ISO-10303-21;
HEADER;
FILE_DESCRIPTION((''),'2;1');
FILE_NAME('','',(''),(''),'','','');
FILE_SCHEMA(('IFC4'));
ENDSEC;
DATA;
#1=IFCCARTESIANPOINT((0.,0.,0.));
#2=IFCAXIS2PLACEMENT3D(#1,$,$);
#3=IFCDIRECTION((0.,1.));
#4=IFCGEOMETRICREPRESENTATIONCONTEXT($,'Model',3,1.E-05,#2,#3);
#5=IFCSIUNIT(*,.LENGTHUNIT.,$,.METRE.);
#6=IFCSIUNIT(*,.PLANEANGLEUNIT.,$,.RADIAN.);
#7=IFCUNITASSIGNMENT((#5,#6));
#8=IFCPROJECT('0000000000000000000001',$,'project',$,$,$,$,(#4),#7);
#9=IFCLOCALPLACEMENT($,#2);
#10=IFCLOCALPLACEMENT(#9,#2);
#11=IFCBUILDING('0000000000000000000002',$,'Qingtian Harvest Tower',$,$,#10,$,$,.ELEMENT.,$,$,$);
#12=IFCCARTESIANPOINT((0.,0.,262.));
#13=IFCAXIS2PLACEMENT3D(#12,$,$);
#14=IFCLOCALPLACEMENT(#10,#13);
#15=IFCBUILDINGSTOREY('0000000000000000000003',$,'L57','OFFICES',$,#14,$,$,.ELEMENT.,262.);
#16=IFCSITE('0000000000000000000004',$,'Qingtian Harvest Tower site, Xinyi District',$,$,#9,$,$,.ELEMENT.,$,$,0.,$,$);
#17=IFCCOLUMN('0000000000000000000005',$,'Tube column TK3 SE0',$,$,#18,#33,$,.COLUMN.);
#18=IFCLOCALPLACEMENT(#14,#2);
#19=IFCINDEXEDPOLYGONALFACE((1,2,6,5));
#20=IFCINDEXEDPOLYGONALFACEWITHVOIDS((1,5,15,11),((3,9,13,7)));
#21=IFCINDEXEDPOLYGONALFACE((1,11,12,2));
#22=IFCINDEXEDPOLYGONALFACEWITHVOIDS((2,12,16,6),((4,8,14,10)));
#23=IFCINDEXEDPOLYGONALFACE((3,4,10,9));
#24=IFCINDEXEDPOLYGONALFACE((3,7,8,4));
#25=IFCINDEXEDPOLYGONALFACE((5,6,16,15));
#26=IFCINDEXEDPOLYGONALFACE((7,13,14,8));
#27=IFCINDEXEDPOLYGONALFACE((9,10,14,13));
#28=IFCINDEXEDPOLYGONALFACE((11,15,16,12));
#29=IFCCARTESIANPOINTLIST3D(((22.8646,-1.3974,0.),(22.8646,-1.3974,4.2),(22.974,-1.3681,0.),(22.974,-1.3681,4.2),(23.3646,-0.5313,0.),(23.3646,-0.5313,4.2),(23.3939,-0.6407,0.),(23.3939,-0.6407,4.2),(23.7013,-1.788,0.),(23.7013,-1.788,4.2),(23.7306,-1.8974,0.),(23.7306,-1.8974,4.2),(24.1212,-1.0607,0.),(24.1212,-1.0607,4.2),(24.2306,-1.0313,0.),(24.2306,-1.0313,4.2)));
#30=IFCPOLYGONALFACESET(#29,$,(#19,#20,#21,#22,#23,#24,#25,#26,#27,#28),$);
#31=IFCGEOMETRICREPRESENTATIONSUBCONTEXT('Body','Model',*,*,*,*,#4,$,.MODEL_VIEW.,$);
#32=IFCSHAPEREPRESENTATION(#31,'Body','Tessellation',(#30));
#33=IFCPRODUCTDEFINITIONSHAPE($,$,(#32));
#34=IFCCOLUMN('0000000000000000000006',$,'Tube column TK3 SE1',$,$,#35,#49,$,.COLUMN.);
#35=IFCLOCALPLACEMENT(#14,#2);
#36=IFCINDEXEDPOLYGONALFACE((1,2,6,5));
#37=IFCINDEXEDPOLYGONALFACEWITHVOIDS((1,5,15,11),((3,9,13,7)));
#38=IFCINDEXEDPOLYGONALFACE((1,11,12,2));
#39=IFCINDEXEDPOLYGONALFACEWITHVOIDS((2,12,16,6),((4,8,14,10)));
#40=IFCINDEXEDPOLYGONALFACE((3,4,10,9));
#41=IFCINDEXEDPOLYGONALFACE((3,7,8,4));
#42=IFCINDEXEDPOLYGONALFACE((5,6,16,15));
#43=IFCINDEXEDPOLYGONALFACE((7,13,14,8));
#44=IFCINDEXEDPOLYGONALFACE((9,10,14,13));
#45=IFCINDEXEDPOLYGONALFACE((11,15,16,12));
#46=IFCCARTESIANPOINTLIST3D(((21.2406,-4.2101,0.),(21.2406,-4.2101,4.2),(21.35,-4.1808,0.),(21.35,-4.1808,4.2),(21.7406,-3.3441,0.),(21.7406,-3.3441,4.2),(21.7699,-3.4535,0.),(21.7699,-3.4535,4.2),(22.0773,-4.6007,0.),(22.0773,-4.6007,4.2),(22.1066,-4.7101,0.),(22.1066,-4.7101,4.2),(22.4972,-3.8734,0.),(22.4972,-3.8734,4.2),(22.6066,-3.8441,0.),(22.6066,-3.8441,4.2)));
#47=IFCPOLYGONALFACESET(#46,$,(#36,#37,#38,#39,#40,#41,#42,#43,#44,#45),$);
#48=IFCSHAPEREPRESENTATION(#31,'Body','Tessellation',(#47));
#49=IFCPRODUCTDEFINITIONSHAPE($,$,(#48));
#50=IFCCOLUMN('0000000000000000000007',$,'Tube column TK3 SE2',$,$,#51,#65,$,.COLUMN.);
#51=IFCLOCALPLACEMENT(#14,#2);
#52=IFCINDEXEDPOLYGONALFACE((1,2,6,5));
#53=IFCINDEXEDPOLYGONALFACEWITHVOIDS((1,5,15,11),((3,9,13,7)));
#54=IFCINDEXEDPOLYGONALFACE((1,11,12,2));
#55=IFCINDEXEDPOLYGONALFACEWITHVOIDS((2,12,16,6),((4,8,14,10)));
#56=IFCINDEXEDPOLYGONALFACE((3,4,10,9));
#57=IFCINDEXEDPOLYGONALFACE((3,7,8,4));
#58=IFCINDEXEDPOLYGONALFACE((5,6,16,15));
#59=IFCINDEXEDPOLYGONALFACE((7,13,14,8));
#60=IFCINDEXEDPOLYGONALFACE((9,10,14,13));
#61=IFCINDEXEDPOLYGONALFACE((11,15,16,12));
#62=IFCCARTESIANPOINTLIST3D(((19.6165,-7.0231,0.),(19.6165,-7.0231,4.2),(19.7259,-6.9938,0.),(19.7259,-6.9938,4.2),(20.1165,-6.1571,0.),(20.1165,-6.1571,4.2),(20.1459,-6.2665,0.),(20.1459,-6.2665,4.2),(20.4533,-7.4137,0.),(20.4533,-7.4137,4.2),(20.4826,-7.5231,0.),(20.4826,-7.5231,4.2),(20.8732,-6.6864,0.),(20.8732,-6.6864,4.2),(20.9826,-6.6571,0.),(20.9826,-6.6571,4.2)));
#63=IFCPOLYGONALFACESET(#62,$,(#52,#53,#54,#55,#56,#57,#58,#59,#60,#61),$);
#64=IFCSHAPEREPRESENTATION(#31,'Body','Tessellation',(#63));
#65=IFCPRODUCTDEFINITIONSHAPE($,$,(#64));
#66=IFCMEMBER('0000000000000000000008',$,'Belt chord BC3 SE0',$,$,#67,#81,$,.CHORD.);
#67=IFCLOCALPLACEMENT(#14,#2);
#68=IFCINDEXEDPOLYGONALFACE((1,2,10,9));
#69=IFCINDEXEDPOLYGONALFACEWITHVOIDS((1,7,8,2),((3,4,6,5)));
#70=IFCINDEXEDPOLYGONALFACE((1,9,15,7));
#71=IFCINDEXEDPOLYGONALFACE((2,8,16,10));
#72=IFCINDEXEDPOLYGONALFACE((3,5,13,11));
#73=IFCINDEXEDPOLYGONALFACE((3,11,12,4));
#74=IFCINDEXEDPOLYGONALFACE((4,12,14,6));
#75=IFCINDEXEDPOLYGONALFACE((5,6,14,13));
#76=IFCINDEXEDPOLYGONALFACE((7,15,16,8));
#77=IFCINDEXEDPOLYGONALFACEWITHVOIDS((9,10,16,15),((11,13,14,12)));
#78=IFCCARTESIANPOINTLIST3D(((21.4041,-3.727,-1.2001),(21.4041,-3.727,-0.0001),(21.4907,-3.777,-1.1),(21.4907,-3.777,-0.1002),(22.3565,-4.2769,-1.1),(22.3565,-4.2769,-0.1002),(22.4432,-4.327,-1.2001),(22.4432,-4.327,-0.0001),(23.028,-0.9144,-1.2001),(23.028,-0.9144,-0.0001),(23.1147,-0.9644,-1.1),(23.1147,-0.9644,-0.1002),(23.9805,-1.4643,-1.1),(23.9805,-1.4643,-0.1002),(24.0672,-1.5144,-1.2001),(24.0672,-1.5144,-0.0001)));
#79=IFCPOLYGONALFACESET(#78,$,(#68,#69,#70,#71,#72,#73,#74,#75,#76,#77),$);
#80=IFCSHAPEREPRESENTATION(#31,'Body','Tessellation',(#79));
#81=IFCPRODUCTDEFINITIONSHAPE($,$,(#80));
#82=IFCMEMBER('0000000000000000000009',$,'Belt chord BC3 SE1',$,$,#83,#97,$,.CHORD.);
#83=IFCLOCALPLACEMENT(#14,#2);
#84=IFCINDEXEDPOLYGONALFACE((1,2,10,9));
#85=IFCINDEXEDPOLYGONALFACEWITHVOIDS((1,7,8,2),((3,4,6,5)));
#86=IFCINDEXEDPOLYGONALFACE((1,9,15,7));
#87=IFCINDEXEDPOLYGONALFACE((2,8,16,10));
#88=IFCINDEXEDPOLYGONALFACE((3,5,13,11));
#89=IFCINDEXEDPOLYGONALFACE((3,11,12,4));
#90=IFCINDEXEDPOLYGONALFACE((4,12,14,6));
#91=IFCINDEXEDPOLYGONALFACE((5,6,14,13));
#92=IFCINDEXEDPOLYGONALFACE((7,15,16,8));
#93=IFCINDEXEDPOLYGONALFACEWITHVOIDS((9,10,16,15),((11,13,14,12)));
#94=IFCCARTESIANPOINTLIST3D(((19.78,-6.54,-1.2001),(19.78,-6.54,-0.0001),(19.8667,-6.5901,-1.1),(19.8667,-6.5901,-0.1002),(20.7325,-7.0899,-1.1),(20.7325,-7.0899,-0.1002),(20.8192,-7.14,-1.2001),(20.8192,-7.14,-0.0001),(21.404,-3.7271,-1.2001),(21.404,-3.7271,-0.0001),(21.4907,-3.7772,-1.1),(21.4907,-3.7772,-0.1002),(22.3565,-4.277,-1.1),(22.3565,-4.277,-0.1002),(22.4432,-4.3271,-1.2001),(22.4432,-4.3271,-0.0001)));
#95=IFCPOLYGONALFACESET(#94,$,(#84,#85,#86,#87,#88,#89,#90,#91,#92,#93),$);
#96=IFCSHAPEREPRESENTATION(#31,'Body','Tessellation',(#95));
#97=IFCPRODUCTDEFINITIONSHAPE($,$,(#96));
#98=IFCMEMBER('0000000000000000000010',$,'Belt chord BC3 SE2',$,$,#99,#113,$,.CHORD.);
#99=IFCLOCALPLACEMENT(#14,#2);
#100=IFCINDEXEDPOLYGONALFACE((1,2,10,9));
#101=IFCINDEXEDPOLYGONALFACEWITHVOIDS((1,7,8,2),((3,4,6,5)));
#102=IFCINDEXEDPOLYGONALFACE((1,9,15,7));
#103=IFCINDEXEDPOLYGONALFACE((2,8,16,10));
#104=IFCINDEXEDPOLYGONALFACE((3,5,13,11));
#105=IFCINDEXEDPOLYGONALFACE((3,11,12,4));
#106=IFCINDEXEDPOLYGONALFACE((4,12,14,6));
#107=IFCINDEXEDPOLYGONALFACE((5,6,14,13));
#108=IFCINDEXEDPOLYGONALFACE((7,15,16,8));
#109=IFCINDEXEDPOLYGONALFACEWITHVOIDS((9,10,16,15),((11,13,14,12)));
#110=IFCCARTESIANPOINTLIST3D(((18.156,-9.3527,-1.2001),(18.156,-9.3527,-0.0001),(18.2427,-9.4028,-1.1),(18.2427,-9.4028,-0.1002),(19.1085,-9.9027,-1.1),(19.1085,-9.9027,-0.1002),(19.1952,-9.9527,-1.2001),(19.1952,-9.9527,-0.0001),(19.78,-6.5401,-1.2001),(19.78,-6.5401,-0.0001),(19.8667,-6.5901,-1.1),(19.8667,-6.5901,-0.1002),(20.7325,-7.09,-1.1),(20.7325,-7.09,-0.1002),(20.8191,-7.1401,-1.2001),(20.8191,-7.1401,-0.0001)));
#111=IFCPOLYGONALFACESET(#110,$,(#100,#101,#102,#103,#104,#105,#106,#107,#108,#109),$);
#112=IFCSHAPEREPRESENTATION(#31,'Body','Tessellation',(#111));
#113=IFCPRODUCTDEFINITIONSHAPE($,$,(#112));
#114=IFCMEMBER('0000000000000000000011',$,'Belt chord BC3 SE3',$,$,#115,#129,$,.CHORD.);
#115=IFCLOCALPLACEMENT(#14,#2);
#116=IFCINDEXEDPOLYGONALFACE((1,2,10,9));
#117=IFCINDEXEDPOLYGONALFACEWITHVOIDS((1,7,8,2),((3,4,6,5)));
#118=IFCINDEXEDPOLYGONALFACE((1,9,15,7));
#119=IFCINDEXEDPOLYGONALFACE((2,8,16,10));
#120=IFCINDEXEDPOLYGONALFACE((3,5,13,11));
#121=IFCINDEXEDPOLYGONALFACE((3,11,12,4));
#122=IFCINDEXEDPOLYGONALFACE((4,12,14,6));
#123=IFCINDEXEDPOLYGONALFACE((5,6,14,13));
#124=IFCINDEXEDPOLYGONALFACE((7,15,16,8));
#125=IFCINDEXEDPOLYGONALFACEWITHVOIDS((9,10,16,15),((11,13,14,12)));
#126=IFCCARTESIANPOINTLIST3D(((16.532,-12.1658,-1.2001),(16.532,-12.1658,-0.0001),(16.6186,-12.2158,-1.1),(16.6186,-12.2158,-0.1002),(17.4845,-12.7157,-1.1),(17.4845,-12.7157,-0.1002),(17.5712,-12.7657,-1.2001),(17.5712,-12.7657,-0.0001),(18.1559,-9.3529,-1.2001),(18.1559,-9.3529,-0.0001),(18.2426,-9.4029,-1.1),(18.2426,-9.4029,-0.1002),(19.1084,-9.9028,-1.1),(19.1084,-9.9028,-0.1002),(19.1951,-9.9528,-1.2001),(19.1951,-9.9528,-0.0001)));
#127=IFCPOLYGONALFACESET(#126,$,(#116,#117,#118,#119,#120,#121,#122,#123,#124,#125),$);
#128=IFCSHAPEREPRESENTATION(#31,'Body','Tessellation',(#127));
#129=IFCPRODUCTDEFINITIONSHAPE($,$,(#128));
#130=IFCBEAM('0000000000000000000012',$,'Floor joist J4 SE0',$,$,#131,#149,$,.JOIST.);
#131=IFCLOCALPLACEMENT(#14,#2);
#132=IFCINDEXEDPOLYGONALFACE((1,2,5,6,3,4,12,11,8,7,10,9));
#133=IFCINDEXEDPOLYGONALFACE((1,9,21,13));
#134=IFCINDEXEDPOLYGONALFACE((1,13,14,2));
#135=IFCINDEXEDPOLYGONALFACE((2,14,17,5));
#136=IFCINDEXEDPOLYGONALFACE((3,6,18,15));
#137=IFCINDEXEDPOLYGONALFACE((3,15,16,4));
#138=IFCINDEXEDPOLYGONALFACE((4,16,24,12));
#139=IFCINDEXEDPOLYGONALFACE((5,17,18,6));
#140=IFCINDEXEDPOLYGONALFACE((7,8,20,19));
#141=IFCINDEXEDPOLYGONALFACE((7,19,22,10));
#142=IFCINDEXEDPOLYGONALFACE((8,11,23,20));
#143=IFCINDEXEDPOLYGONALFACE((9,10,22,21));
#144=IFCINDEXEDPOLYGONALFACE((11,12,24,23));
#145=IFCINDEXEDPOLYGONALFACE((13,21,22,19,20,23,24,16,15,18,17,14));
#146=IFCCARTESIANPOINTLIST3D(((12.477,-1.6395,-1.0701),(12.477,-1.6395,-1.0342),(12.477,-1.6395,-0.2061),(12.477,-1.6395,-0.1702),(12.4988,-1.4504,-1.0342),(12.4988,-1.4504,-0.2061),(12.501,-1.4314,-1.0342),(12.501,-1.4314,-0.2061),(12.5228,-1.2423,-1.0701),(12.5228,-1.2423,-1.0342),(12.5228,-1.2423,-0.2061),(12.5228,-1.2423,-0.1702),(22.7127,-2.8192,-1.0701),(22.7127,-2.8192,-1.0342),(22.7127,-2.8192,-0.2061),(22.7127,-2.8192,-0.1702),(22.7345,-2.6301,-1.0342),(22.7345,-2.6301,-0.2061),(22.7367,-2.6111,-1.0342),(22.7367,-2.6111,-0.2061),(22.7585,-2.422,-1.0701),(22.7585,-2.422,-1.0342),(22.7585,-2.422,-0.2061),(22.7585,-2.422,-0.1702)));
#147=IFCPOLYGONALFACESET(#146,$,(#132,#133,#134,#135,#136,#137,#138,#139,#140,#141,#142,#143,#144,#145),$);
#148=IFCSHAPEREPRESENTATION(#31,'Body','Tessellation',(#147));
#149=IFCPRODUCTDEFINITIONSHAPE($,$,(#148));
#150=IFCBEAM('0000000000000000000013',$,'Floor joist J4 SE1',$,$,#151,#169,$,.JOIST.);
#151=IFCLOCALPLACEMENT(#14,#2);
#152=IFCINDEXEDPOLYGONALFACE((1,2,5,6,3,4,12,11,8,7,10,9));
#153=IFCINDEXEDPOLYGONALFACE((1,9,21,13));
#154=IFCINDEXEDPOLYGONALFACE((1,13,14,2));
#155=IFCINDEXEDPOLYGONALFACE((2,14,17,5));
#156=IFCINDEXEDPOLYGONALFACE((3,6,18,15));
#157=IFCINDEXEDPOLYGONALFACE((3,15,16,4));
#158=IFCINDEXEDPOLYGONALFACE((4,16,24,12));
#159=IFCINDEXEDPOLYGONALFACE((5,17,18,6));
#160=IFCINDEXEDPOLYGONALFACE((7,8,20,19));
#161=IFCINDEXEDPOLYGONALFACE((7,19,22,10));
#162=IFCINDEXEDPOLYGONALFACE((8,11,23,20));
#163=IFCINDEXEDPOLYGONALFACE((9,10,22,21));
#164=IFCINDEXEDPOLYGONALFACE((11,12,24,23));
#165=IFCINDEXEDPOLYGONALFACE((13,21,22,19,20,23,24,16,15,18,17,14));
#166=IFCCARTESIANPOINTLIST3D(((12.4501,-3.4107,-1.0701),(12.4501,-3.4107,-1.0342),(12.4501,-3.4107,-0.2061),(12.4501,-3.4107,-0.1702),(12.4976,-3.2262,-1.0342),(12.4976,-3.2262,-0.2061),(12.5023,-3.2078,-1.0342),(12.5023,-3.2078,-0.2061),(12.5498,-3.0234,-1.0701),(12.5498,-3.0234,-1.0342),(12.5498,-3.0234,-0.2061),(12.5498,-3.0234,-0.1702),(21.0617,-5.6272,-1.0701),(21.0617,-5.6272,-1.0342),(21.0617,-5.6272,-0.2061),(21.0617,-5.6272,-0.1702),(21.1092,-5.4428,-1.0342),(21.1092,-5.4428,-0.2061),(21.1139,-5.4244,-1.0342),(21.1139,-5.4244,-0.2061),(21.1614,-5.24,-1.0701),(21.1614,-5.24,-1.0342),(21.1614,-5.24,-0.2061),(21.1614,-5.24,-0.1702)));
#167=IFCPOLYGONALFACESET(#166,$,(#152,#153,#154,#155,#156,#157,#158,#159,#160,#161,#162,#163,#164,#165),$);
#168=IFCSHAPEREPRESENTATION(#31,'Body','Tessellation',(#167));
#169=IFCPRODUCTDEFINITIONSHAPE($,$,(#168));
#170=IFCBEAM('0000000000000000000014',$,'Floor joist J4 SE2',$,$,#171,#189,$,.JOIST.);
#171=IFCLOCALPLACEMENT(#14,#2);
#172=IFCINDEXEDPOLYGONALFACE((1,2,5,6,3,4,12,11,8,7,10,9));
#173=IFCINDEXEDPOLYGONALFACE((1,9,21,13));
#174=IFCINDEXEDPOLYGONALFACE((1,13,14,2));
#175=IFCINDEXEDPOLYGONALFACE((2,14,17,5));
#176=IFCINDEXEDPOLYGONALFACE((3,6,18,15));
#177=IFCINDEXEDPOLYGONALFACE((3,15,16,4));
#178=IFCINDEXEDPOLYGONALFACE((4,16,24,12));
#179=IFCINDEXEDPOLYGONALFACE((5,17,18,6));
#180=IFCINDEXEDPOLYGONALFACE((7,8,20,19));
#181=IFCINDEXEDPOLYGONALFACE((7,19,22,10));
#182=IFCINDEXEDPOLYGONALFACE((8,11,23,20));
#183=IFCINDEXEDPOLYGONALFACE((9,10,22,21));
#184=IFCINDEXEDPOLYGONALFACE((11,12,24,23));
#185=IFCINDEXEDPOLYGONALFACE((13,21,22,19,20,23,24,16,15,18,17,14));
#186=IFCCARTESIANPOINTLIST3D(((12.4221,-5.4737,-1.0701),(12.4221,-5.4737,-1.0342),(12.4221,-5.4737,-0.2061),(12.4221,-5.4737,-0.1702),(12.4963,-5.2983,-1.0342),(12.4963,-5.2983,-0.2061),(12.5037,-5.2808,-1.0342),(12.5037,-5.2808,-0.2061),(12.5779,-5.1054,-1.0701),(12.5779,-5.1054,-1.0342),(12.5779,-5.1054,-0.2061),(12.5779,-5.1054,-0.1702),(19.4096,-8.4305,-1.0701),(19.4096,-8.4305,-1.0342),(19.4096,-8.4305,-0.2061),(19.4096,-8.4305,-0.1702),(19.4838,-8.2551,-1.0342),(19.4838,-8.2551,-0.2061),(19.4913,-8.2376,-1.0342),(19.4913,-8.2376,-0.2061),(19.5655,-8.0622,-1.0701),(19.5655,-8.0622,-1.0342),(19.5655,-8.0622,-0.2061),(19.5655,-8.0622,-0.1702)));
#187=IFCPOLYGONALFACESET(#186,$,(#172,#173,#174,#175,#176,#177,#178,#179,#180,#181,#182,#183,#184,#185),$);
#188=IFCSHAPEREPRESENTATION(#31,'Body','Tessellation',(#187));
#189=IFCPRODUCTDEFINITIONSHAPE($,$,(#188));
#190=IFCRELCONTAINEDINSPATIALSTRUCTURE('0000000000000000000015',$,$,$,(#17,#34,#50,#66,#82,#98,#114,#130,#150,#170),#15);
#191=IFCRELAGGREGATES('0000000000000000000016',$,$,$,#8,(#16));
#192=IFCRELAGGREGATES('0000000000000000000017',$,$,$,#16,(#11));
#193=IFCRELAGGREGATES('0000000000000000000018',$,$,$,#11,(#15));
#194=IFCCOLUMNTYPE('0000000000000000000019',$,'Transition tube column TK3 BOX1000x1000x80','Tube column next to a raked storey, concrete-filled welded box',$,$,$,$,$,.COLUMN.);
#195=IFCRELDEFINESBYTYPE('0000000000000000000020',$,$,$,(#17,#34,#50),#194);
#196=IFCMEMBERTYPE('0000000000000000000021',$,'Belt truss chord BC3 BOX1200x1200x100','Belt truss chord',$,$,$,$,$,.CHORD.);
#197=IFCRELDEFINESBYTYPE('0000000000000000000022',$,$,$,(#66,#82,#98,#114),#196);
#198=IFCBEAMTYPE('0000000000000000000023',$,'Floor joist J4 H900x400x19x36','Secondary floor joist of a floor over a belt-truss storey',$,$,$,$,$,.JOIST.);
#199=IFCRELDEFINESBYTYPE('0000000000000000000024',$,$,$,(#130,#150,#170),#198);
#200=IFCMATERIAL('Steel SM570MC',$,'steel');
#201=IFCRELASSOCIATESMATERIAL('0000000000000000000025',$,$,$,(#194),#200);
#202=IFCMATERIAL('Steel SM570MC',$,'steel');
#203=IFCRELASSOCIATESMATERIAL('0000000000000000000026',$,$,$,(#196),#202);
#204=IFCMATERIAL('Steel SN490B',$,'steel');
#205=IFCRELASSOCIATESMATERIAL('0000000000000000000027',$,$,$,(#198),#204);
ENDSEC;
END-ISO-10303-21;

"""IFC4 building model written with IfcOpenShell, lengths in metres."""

from ifc_helpers import new_model, si_unit, direction, frame, origin, origin_2d, place, context, subcontext, project, spatial, hollow_rectangle, i_section, extrude, material, material_profile, profile_set, type_object, element, save


model = new_model("IFC4")

# Units and contexts
model_context = context("Model", 3, precision=1e-05, world=origin(), true_north=direction((0.0, 1.0)))
body_context = subcontext(model_context, "Body", "Model", "MODEL_VIEW")
ifc_project = project(units=[si_unit("LENGTHUNIT", "METRE"), si_unit("PLANEANGLEUNIT", "RADIAN")], contexts=[model_context])

# Site, building, storey
site_placement = place(None, origin())
site = spatial("IfcSite", under=ifc_project, at=site_placement, Name="Qingtian Harvest Tower site, Xinyi District", CompositionType="ELEMENT", RefElevation=0.0)
building_placement = place(site_placement, origin())
building = spatial("IfcBuilding", under=site, at=building_placement, Name="Qingtian Harvest Tower", CompositionType="ELEMENT")
storey_placement = place(building_placement, frame((0.0, 0.0, 262.0)))
storey = spatial("IfcBuildingStorey", under=building, at=storey_placement, Name="L57", Description="OFFICES", CompositionType="ELEMENT", Elevation=262.0)

# Columns
ifc_material_1 = material(Name="Steel SM570MC", Category="steel")
ifc_material_profile_1 = material_profile(ifc_material_1, hollow_rectangle(XDim=1.0, YDim=1.0, WallThickness=0.0801, at=origin_2d()), Name="BOX1000x1000x80")
ifc_profile_set_1 = profile_set([ifc_material_profile_1], Name="Steel SM570MC")
column_type = type_object("IfcColumnType", Name="Transition tube column TK3 BOX1000x1000x80", Description="Tube column next to a raked storey, concrete-filled welded box", PredefinedType="COLUMN", material=ifc_profile_set_1)
for number, where, z_axis, x_axis, name in (
    (1, (23.5476, -1.2144, 0.0), (0.0, 0.0, 1.0), (0.5, 0.866025, 0.0), "Tube column TK3 SE0"),
    (2, (21.9236, -4.0271, 0.0), (0.0, 0.0, 1.0), (0.5, 0.866025, 0.0), "Tube column TK3 SE1"),
    (3, (20.2996, -6.8401, 0.0), (0.0, 0.0, 1.0), (0.5, 0.866025, 0.0), "Tube column TK3 SE2"),
):
    element("IfcColumn", number, at=place(storey_placement, frame(where, z_axis=z_axis, x_axis=x_axis)), inside=storey, type_object=column_type, Name=name, PredefinedType="COLUMN", context=body_context, shape_type="SweptSolid", body=[
        extrude(hollow_rectangle(XDim=1.0, YDim=1.0, WallThickness=0.0801, at=origin_2d()), origin(), (0.0, 0.0, 1.0), 4.2),
    ])

# Members
ifc_material_2 = material(Name="Steel SM570MC", Category="steel")
ifc_material_profile_2 = material_profile(ifc_material_2, hollow_rectangle(XDim=1.2, YDim=1.2, WallThickness=0.1001, at=origin_2d()), Name="BOX1200x1200x100")
ifc_profile_set_2 = profile_set([ifc_material_profile_2], Name="Steel SM570MC")
member_type_1 = type_object("IfcMemberType", Name="Belt truss chord BC3 BOX1200x1200x100", Description="Belt truss chord", PredefinedType="CHORD", material=ifc_profile_set_2)
member_1_placement = place(storey_placement, frame((23.5476, -1.2144, -0.6001), z_axis=(-0.50002, -0.866014, 0.0), x_axis=(0.866014, -0.50002, 0.0)))
element("IfcMember", 4, at=member_1_placement, inside=storey, type_object=member_type_1, Name="Belt chord BC3 SE0", PredefinedType="CHORD", context=body_context, shape_type="SweptSolid", body=[
    extrude(hollow_rectangle(XDim=1.2, YDim=1.2, WallThickness=0.1001, at=origin_2d()), origin(), (0.0, 0.0, 1.0), 3.2478),
])
member_2_placement = place(storey_placement, frame((21.9236, -4.0271, -0.6001), z_axis=(-0.499987, -0.866033, 0.0), x_axis=(0.866033, -0.499987, 0.0)))
element("IfcMember", 5, at=member_2_placement, inside=storey, type_object=member_type_1, Name="Belt chord BC3 SE1", PredefinedType="CHORD", context=body_context, shape_type="SweptSolid", body=[
    extrude(hollow_rectangle(XDim=1.2, YDim=1.2, WallThickness=0.1001, at=origin_2d()), origin(), (0.0, 0.0, 1.0), 3.248),
])
member_3_placement = place(storey_placement, frame((20.2996, -6.8401, -0.6001), z_axis=(-0.50002, -0.866014, 0.0), x_axis=(0.866014, -0.50002, 0.0)))
element("IfcMember", 6, at=member_3_placement, inside=storey, type_object=member_type_1, Name="Belt chord BC3 SE2", PredefinedType="CHORD", context=body_context, shape_type="SweptSolid", body=[
    extrude(hollow_rectangle(XDim=1.2, YDim=1.2, WallThickness=0.1001, at=origin_2d()), origin(), (0.0, 0.0, 1.0), 3.2478),
])
member_4_placement = place(storey_placement, frame((18.6755, -9.6528, -0.6001), z_axis=(-0.499987, -0.866033, 0.0), x_axis=(0.866033, -0.499987, 0.0)))
element("IfcMember", 7, at=member_4_placement, inside=storey, type_object=member_type_1, Name="Belt chord BC3 SE3", PredefinedType="CHORD", context=body_context, shape_type="SweptSolid", body=[
    extrude(hollow_rectangle(XDim=1.2, YDim=1.2, WallThickness=0.1001, at=origin_2d()), origin(), (0.0, 0.0, 1.0), 3.248),
])

# Beams
ifc_material_3 = material(Name="Steel SN490B", Category="steel")
ifc_material_profile_3 = material_profile(ifc_material_3, i_section(OverallWidth=0.3999, OverallDepth=0.8999, WebThickness=0.019, FlangeThickness=0.0359, at=origin_2d()), Name="H900x400x19x36")
ifc_profile_set_3 = profile_set([ifc_material_profile_3], Name="Steel SN490B")
beam_type_1 = type_object("IfcBeamType", Name="Floor joist J4 H900x400x19x36", Description="Secondary floor joist of a floor over a belt-truss storey", PredefinedType="JOIST", material=ifc_profile_set_3)
beam_1_placement = place(storey_placement, frame((22.7356, -2.6206, -0.6201), z_axis=(-0.993424, 0.114495, 0.0), x_axis=(-0.114495, -0.993424, 0.0)))
element("IfcBeam", 8, at=beam_1_placement, inside=storey, type_object=beam_type_1, Name="Floor joist J4 SE0", PredefinedType="JOIST", context=body_context, shape_type="SweptSolid", body=[
    extrude(i_section(OverallWidth=0.3999, OverallDepth=0.8999, WebThickness=0.019, FlangeThickness=0.0359, at=origin_2d()), origin(), (0.0, 0.0, 1.0), 10.3035),
])
beam_2_placement = place(storey_placement, frame((21.1116, -5.4336, -0.6201), z_axis=(-0.968435, 0.249268, 0.0), x_axis=(-0.249268, -0.968435, 0.0)))
element("IfcBeam", 9, at=beam_2_placement, inside=storey, type_object=beam_type_1, Name="Floor joist J4 SE1", PredefinedType="JOIST", context=body_context, shape_type="SweptSolid", body=[
    extrude(i_section(OverallWidth=0.3999, OverallDepth=0.8999, WebThickness=0.019, FlangeThickness=0.0359, at=origin_2d()), origin(), (0.0, 0.0, 1.0), 8.8923),
])
beam_3_placement = place(storey_placement, frame((19.4875, -8.2463, -0.6201), z_axis=(-0.920943, 0.389698, 0.0), x_axis=(-0.389698, -0.920943, 0.0)))
element("IfcBeam", 10, at=beam_3_placement, inside=storey, type_object=beam_type_1, Name="Floor joist J4 SE2", PredefinedType="JOIST", context=body_context, shape_type="SweptSolid", body=[
    extrude(i_section(OverallWidth=0.3999, OverallDepth=0.8999, WebThickness=0.019, FlangeThickness=0.0359, at=origin_2d()), origin(), (0.0, 0.0, 1.0), 7.5874),
])

save(model, "model.ifc")
